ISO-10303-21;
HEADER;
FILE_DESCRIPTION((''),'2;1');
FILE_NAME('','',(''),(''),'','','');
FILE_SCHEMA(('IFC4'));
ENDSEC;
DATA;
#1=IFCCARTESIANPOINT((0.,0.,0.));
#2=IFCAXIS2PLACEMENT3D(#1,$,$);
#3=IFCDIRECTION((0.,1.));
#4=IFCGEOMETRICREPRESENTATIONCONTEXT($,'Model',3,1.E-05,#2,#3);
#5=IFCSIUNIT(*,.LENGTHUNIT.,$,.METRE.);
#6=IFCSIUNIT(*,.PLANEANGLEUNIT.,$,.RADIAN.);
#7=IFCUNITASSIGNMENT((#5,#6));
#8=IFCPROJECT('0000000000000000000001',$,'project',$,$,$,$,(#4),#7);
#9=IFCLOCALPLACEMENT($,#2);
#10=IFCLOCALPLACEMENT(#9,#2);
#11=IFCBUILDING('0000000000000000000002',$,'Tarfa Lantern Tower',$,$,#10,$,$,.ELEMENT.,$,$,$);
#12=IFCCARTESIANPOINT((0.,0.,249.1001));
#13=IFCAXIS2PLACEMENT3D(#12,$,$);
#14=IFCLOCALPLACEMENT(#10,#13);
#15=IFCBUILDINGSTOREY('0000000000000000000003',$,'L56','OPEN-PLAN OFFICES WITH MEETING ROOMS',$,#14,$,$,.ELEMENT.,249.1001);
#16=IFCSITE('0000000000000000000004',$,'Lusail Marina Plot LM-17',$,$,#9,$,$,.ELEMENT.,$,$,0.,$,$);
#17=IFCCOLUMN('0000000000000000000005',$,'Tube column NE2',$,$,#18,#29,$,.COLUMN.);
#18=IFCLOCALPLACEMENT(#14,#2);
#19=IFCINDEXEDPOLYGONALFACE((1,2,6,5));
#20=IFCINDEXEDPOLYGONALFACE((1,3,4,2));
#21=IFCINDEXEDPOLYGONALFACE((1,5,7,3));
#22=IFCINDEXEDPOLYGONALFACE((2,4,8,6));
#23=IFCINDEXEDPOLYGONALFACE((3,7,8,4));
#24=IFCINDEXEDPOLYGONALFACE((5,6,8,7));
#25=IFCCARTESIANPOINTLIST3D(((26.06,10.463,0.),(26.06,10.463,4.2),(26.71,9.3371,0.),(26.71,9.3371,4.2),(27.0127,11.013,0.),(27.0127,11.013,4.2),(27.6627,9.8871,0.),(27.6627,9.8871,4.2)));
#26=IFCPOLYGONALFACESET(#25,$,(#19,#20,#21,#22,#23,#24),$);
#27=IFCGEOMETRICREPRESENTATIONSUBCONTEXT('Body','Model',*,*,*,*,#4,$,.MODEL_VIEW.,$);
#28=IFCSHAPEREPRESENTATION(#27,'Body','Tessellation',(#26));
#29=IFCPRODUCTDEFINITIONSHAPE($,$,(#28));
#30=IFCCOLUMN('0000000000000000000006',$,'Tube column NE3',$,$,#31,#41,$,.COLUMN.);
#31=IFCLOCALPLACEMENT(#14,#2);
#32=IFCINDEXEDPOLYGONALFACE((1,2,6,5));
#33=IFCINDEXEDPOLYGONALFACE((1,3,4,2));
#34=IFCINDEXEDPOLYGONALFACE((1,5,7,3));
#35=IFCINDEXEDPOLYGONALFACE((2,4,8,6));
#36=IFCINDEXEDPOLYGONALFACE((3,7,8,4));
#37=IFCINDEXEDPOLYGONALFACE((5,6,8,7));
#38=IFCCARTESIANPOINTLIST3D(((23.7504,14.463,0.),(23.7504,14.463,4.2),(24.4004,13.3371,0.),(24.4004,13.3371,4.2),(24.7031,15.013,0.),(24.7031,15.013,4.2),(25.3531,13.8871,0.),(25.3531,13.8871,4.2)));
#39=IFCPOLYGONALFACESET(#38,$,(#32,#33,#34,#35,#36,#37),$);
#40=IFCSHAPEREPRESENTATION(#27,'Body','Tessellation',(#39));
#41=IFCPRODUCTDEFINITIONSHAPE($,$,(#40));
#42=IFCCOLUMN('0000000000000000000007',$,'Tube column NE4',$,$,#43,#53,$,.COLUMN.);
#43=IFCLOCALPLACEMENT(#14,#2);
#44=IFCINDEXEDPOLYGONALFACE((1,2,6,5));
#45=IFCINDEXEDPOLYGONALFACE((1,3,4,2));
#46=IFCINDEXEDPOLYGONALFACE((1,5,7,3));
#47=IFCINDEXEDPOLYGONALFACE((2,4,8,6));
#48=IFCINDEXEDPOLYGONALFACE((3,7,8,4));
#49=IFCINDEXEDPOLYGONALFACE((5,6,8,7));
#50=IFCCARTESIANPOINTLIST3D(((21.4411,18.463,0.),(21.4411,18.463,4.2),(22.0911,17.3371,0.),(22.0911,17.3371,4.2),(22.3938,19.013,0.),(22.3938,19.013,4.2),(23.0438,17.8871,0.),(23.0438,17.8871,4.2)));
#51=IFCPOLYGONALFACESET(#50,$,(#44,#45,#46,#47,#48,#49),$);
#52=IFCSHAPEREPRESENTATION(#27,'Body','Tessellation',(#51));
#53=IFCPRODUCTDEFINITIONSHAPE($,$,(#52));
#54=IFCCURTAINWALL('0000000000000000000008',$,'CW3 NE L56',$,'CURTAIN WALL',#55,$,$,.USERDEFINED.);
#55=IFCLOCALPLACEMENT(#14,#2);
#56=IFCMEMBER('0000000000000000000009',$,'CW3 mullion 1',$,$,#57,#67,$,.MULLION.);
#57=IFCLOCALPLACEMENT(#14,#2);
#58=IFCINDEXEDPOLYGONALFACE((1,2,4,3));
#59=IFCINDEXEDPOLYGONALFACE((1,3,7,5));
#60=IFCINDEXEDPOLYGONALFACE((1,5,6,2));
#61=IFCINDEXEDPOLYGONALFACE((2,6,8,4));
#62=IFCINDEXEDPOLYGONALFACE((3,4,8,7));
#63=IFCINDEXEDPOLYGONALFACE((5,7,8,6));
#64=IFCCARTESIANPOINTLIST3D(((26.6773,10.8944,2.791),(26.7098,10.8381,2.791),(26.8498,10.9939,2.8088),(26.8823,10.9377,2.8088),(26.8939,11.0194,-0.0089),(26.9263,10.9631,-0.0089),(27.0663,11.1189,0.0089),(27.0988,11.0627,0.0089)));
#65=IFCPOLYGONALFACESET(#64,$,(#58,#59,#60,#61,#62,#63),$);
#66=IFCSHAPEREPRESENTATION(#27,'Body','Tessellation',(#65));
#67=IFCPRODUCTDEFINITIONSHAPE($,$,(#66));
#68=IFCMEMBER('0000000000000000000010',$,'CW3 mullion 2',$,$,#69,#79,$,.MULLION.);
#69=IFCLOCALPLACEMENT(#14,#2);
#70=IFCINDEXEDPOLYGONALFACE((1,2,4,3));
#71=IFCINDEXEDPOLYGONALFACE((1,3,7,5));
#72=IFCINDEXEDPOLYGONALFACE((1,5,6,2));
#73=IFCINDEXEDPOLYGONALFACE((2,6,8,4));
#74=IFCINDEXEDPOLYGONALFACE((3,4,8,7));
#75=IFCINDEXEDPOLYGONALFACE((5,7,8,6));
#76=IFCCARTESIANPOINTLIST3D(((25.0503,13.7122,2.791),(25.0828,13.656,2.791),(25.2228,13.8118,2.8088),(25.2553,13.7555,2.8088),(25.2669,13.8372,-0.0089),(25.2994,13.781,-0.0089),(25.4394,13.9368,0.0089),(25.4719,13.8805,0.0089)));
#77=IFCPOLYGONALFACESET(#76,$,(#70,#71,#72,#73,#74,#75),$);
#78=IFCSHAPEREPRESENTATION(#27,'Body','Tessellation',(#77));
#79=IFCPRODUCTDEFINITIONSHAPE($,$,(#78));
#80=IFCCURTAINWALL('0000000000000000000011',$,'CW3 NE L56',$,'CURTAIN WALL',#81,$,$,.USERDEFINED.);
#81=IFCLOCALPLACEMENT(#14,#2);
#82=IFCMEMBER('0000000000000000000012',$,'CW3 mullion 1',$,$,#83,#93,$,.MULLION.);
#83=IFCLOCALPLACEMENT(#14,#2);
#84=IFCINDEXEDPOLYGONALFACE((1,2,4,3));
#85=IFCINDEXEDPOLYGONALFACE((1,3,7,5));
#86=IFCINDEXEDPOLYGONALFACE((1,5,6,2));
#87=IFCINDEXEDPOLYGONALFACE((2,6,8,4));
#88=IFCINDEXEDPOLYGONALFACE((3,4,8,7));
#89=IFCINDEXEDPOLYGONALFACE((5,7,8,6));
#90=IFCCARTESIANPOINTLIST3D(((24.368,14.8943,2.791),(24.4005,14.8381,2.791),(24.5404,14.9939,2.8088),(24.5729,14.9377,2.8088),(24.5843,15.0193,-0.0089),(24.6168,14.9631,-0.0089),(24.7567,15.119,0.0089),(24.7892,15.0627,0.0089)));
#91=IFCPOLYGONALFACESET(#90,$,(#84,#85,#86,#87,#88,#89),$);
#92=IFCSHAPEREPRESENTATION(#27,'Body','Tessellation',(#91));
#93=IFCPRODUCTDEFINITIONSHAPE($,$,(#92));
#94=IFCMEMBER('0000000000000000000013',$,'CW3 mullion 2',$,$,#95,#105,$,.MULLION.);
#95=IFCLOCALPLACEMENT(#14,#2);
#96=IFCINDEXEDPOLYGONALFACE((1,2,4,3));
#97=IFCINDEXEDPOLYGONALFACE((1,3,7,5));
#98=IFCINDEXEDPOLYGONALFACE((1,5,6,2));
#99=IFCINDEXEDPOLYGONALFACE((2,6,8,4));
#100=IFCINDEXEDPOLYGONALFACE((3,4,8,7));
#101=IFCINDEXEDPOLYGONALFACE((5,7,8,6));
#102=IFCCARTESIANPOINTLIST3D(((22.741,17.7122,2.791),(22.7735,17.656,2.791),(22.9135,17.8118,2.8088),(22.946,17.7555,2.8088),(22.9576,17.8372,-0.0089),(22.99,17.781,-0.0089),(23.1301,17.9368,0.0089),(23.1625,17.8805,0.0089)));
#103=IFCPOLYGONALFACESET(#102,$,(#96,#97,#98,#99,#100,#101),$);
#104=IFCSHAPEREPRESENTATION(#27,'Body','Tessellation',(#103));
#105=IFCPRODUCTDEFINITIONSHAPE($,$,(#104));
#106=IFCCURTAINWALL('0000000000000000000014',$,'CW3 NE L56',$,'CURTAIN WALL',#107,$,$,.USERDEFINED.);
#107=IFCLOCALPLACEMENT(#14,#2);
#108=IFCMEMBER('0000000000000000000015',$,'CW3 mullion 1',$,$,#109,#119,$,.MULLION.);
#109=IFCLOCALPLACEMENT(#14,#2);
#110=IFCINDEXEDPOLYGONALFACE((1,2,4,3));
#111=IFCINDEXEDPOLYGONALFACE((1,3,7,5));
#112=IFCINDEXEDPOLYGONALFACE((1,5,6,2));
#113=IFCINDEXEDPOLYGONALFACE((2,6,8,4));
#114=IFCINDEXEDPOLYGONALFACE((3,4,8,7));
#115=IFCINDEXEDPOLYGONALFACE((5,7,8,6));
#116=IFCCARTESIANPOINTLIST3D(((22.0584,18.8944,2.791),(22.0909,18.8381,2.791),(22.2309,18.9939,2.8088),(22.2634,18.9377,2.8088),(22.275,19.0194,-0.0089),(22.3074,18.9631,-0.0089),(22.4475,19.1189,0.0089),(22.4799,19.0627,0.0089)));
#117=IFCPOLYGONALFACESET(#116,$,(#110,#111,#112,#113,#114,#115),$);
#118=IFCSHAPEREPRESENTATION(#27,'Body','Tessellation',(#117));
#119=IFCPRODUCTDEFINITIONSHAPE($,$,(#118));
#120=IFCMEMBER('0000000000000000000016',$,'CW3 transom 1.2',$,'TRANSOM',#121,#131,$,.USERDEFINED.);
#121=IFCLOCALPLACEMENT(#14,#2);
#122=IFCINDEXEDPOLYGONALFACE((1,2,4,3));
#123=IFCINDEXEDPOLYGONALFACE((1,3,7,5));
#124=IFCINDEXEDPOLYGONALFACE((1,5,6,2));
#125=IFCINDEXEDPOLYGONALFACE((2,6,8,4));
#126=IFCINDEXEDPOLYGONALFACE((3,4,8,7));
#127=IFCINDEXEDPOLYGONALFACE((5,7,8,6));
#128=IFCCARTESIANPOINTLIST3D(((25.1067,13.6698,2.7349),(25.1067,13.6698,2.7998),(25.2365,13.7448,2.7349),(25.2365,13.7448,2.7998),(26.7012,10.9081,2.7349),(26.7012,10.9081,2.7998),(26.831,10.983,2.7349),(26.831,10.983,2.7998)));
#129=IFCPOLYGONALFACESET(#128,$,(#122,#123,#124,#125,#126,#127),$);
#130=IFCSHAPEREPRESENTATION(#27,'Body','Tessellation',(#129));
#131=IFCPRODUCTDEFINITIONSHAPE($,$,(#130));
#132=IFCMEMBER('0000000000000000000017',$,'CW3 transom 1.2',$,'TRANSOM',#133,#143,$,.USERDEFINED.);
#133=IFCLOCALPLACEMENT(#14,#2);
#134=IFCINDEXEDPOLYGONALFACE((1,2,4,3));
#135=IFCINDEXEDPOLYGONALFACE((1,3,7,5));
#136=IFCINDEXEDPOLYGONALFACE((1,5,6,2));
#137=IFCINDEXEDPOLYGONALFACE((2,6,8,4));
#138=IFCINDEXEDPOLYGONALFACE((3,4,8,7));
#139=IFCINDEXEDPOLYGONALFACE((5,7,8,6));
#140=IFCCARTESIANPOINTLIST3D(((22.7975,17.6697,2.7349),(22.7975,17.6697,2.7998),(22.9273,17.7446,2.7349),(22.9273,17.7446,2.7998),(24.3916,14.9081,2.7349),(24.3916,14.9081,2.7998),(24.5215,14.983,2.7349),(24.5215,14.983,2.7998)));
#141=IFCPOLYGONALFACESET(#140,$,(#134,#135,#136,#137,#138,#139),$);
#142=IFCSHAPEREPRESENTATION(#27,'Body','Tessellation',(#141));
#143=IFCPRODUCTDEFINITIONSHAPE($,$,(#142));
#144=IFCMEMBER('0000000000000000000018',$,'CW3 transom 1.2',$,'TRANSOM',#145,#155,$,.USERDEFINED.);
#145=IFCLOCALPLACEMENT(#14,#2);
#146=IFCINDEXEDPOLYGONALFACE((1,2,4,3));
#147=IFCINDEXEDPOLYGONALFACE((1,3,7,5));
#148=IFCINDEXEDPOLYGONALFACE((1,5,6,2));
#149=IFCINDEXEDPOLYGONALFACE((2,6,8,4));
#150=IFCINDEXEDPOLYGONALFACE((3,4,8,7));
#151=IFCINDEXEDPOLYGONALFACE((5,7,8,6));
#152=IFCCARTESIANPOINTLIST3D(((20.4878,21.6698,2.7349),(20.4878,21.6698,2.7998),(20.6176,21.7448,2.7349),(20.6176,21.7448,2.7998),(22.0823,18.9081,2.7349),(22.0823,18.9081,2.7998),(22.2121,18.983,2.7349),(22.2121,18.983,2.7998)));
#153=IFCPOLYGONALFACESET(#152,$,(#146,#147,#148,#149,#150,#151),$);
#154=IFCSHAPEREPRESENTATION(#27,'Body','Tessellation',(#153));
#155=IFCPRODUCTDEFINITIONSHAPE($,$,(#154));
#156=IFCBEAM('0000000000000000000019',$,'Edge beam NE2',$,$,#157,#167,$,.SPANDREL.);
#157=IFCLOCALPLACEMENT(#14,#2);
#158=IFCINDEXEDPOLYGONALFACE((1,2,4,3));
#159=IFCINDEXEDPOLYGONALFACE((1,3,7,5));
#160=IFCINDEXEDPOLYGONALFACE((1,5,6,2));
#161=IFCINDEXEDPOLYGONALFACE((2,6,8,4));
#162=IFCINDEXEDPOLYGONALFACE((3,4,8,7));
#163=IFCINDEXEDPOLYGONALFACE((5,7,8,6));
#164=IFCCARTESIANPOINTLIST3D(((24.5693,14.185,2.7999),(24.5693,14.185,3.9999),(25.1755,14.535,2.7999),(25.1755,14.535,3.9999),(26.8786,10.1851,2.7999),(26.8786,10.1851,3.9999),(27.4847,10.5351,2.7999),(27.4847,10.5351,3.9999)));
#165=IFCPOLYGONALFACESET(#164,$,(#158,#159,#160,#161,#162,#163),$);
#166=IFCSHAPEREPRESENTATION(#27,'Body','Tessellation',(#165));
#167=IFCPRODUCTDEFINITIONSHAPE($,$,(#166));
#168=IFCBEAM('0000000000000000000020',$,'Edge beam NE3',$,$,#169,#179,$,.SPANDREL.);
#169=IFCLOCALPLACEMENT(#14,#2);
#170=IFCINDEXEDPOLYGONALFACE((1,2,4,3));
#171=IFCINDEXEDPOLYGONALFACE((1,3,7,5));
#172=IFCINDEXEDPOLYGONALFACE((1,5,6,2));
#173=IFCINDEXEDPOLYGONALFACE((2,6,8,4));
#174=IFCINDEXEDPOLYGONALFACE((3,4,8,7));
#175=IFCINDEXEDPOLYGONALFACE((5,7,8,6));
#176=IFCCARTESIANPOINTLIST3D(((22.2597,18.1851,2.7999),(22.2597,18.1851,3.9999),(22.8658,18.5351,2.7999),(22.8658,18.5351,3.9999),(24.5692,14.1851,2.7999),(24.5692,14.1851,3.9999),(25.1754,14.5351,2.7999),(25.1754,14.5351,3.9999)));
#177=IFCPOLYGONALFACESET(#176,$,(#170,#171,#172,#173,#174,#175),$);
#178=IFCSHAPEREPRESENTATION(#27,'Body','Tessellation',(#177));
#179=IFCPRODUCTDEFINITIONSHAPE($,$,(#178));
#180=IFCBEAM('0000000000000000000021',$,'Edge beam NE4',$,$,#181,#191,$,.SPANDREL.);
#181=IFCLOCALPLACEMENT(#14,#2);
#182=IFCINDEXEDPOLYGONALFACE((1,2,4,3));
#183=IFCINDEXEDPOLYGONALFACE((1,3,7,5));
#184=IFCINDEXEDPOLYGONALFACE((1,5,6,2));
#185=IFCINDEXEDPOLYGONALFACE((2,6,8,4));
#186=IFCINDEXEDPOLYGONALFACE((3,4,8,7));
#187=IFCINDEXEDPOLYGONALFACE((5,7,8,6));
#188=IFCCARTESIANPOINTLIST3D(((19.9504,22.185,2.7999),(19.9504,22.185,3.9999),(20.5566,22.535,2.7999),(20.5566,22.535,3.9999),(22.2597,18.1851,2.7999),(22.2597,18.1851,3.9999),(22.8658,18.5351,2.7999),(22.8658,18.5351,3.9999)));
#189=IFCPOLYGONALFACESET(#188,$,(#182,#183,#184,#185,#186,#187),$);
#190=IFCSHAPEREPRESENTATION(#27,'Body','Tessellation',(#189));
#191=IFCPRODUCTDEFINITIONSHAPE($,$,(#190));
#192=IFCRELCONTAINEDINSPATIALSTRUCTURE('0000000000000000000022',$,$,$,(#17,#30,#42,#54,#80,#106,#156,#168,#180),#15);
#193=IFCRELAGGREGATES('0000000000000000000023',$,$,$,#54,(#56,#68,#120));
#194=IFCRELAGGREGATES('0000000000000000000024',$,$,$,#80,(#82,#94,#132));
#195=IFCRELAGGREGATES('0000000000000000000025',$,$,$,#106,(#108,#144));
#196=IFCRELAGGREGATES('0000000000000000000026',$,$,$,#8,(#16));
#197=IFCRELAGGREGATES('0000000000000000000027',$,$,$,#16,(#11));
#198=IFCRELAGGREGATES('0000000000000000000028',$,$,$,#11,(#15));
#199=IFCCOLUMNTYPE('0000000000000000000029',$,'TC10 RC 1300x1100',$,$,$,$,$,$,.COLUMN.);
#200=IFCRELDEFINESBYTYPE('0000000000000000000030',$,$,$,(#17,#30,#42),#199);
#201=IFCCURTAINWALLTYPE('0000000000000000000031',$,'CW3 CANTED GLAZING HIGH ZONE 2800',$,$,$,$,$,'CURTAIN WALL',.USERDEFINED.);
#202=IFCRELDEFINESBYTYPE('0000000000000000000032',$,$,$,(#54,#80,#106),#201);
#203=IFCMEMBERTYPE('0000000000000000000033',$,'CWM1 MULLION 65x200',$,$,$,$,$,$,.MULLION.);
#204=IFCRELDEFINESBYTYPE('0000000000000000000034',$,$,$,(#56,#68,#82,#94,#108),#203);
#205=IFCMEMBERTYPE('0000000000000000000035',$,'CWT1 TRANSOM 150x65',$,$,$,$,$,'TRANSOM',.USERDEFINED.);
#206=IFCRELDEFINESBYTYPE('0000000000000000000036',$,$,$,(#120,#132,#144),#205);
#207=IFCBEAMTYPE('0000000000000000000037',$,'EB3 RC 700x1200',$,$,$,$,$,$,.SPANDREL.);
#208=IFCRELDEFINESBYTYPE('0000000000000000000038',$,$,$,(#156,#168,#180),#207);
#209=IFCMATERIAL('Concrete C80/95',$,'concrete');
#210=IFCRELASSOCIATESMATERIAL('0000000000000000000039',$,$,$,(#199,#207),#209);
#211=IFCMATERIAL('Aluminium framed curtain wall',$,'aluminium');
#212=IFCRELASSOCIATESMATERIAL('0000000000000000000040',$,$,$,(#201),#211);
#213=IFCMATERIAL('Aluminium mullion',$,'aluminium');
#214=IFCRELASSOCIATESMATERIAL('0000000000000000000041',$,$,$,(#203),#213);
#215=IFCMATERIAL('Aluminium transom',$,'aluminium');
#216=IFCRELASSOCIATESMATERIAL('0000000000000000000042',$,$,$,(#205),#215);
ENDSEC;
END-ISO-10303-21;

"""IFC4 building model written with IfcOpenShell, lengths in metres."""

from ifc_helpers import new_model, si_unit, direction, frame, origin, origin_2d, place, context, subcontext, project, spatial, rectangle, extrude, material, material_profile, profile_set, type_object, element, aggregate, save


model = new_model("IFC4")

# Units and contexts
model_context = context("Model", 3, precision=1e-05, world=origin(), true_north=direction((0.0, 1.0)))
body_context = subcontext(model_context, "Body", "Model", "MODEL_VIEW")
ifc_project = project(units=[si_unit("LENGTHUNIT", "METRE"), si_unit("PLANEANGLEUNIT", "RADIAN")], contexts=[model_context])

# Site, building, storey
site_placement = place(None, origin())
site = spatial("IfcSite", under=ifc_project, at=site_placement, Name="Lusail Marina Plot LM-17", CompositionType="ELEMENT", RefElevation=0.0)
building_placement = place(site_placement, origin())
building = spatial("IfcBuilding", under=site, at=building_placement, Name="Tarfa Lantern Tower", CompositionType="ELEMENT")
storey_placement = place(building_placement, frame((0.0, 0.0, 249.1001)))
storey = spatial("IfcBuildingStorey", under=building, at=storey_placement, Name="L56", Description="OPEN-PLAN OFFICES WITH MEETING ROOMS", CompositionType="ELEMENT", Elevation=249.1001)

# Columns
ifc_material_1 = material(Name="Concrete C80/95", Category="concrete")
ifc_material_profile_1 = material_profile(ifc_material_1, rectangle(XDim=1.3, YDim=1.1001, at=origin_2d()), Name="RC 1300x1100")
ifc_profile_set_1 = profile_set([ifc_material_profile_1], Name="Concrete C80/95")
column_type = type_object("IfcColumnType", Name="TC10 RC 1300x1100", PredefinedType="COLUMN", material=ifc_profile_set_1)
for number, where, z_axis, x_axis, name in (
    (1, (26.8613, 10.175, 0.0), (0.0, 0.0, 1.0), (-0.5, 0.866025, 0.0), "Tube column NE2"),
    (2, (24.5518, 14.175, 0.0), (0.0, 0.0, 1.0), (-0.5, 0.866025, 0.0), "Tube column NE3"),
    (3, (22.2424, 18.175, 0.0), (0.0, 0.0, 1.0), (-0.5, 0.866025, 0.0), "Tube column NE4"),
):
    element("IfcColumn", number, at=place(storey_placement, frame(where, z_axis=z_axis, x_axis=x_axis)), inside=storey, type_object=column_type, Name=name, PredefinedType="COLUMN", context=body_context, shape_type="SweptSolid", body=[
        extrude(rectangle(XDim=1.3, YDim=1.1001, at=origin_2d()), origin(), (0.0, 0.0, 1.0), 4.2),
    ])

# Curtain walls, members
ifc_material_2 = material(Name="Aluminium framed curtain wall", Category="aluminium")
curtain_wall_type = type_object("IfcCurtainWallType", Name="CW3 CANTED GLAZING HIGH ZONE 2800", ElementType="CURTAIN WALL", PredefinedType="USERDEFINED", material=ifc_material_2)
curtain_wall_1_placement = place(storey_placement, origin())
curtain_wall_1 = element("IfcCurtainWall", 4, at=curtain_wall_1_placement, inside=storey, type_object=curtain_wall_type, Name="CW3 NE L56", ObjectType="CURTAIN WALL", PredefinedType="USERDEFINED")
ifc_material_3 = material(Name="Aluminium mullion", Category="aluminium")
ifc_material_profile_2 = material_profile(ifc_material_3, rectangle(XDim=0.0649, YDim=0.2, at=origin_2d()), Name="AL MULLION 65x200")
ifc_profile_set_2 = profile_set([ifc_material_profile_2], Name="Aluminium mullion")
member_type_1 = type_object("IfcMemberType", Name="CWM1 MULLION 65x200", PredefinedType="MULLION", material=ifc_profile_set_2)
member_1_placement = place(storey_placement, frame((26.9963, 11.041, 0.0), z_axis=(-0.077039, -0.044469, 0.996036), x_axis=(0.49992, -0.866072, 0.0)))
member_1 = element("IfcMember", 5, at=member_1_placement, type_object=member_type_1, Name="CW3 mullion 1", PredefinedType="MULLION", context=body_context, shape_type="SweptSolid", body=[
    extrude(rectangle(XDim=0.0649, YDim=0.2, at=origin_2d()), origin(), (0.0, 0.0, 1.0), 2.811),
])
member_2_placement = place(storey_placement, frame((25.3694, 13.8589, 0.0), z_axis=(-0.077039, -0.044469, 0.996036), x_axis=(0.49992, -0.866072, 0.0)))
member_2 = element("IfcMember", 6, at=member_2_placement, type_object=member_type_1, Name="CW3 mullion 2", PredefinedType="MULLION", context=body_context, shape_type="SweptSolid", body=[
    extrude(rectangle(XDim=0.0649, YDim=0.2, at=origin_2d()), origin(), (0.0, 0.0, 1.0), 2.811),
])
curtain_wall_2_placement = place(storey_placement, origin())
curtain_wall_2 = element("IfcCurtainWall", 7, at=curtain_wall_2_placement, inside=storey, type_object=curtain_wall_type, Name="CW3 NE L56", ObjectType="CURTAIN WALL", PredefinedType="USERDEFINED")
member_3_placement = place(storey_placement, frame((24.6868, 15.041, 0.0), z_axis=(-0.076953, -0.044469, 0.996043), x_axis=(0.500343, -0.865827, 0.0)))
member_3 = element("IfcMember", 8, at=member_3_placement, type_object=member_type_1, Name="CW3 mullion 1", PredefinedType="MULLION", context=body_context, shape_type="SweptSolid", body=[
    extrude(rectangle(XDim=0.0649, YDim=0.2, at=origin_2d()), origin(), (0.0, 0.0, 1.0), 2.811),
])
member_4_placement = place(storey_placement, frame((23.0601, 17.8589, 0.0), z_axis=(-0.077039, -0.044469, 0.996036), x_axis=(0.49992, -0.866072, 0.0)))
member_4 = element("IfcMember", 9, at=member_4_placement, type_object=member_type_1, Name="CW3 mullion 2", PredefinedType="MULLION", context=body_context, shape_type="SweptSolid", body=[
    extrude(rectangle(XDim=0.0649, YDim=0.2, at=origin_2d()), origin(), (0.0, 0.0, 1.0), 2.811),
])

# Curtain wall, member
curtain_wall_3_placement = place(storey_placement, origin())
curtain_wall_3 = element("IfcCurtainWall", 10, at=curtain_wall_3_placement, inside=storey, type_object=curtain_wall_type, Name="CW3 NE L56", ObjectType="CURTAIN WALL", PredefinedType="USERDEFINED")
member_5_placement = place(storey_placement, frame((22.3774, 19.041, 0.0), z_axis=(-0.077039, -0.044469, 0.996036), x_axis=(0.49992, -0.866072, 0.0)))
member_5 = element("IfcMember", 11, at=member_5_placement, type_object=member_type_1, Name="CW3 mullion 1", PredefinedType="MULLION", context=body_context, shape_type="SweptSolid", body=[
    extrude(rectangle(XDim=0.0649, YDim=0.2, at=origin_2d()), origin(), (0.0, 0.0, 1.0), 2.811),
])

# Members
ifc_material_4 = material(Name="Aluminium transom", Category="aluminium")
ifc_material_profile_3 = material_profile(ifc_material_4, rectangle(XDim=0.1499, YDim=0.0649, at=origin_2d()), Name="AL TRANSOM 150x65")
ifc_profile_set_3 = profile_set([ifc_material_profile_3], Name="Aluminium transom")
member_type_2 = type_object("IfcMemberType", Name="CWT1 TRANSOM 150x65", ElementType="TRANSOM", PredefinedType="USERDEFINED", material=ifc_profile_set_3)
member_6_placement = place(storey_placement, frame((26.7661, 10.9456, 2.7673), z_axis=(-0.500001, 0.866025, 0.0), x_axis=(-0.866025, -0.500001, 0.0)))
member_6 = element("IfcMember", 12, at=member_6_placement, type_object=member_type_2, Name="CW3 transom 1.2", ObjectType="TRANSOM", PredefinedType="USERDEFINED", context=body_context, shape_type="SweptSolid", body=[
    extrude(rectangle(XDim=0.1499, YDim=0.0649, at=origin_2d()), origin(), (0.0, 0.0, 1.0), 3.189),
])
member_7_placement = place(storey_placement, frame((24.4565, 14.9456, 2.7673), z_axis=(-0.499943, 0.866058, 0.0), x_axis=(-0.866058, -0.499943, 0.0)))
member_7 = element("IfcMember", 13, at=member_7_placement, type_object=member_type_2, Name="CW3 transom 1.2", ObjectType="TRANSOM", PredefinedType="USERDEFINED", context=body_context, shape_type="SweptSolid", body=[
    extrude(rectangle(XDim=0.1499, YDim=0.0649, at=origin_2d()), origin(), (0.0, 0.0, 1.0), 3.1887),
])
member_8_placement = place(storey_placement, frame((22.1472, 18.9456, 2.7673), z_axis=(-0.500001, 0.866025, 0.0), x_axis=(-0.866025, -0.500001, 0.0)))
member_8 = element("IfcMember", 14, at=member_8_placement, type_object=member_type_2, Name="CW3 transom 1.2", ObjectType="TRANSOM", PredefinedType="USERDEFINED", context=body_context, shape_type="SweptSolid", body=[
    extrude(rectangle(XDim=0.1499, YDim=0.0649, at=origin_2d()), origin(), (0.0, 0.0, 1.0), 3.189),
])

# Beams
ifc_material_profile_4 = material_profile(ifc_material_1, rectangle(XDim=0.7, YDim=1.2, at=origin_2d()), Name="RC 700x1200")
ifc_profile_set_4 = profile_set([ifc_material_profile_4], Name="Concrete C80/95")
beam_type_1 = type_object("IfcBeamType", Name="EB3 RC 700x1200", PredefinedType="SPANDREL", material=ifc_profile_set_4)
beam_1_placement = place(storey_placement, frame((27.1816, 10.3601, 3.3999), z_axis=(-0.499988, 0.866032, 0.0), x_axis=(-0.866032, -0.499988, 0.0)))
element("IfcBeam", 15, at=beam_1_placement, inside=storey, type_object=beam_type_1, Name="Edge beam NE2", PredefinedType="SPANDREL", context=body_context, shape_type="SweptSolid", body=[
    extrude(rectangle(XDim=0.7, YDim=1.2, at=origin_2d()), origin(), (0.0, 0.0, 1.0), 4.6187),
])
beam_2_placement = place(storey_placement, frame((24.8723, 14.3601, 3.3999), z_axis=(-0.500027, 0.86601, 0.0), x_axis=(-0.86601, -0.500027, 0.0)))
element("IfcBeam", 16, at=beam_2_placement, inside=storey, type_object=beam_type_1, Name="Edge beam NE3", PredefinedType="SPANDREL", context=body_context, shape_type="SweptSolid", body=[
    extrude(rectangle(XDim=0.7, YDim=1.2, at=origin_2d()), origin(), (0.0, 0.0, 1.0), 4.6189),
])
beam_3_placement = place(storey_placement, frame((22.5627, 18.3601, 3.3999), z_axis=(-0.499988, 0.866032, 0.0), x_axis=(-0.866032, -0.499988, 0.0)))
element("IfcBeam", 17, at=beam_3_placement, inside=storey, type_object=beam_type_1, Name="Edge beam NE4", PredefinedType="SPANDREL", context=body_context, shape_type="SweptSolid", body=[
    extrude(rectangle(XDim=0.7, YDim=1.2, at=origin_2d()), origin(), (0.0, 0.0, 1.0), 4.6187),
])

aggregate(curtain_wall_1, [member_1, member_2, member_6])
aggregate(curtain_wall_2, [member_3, member_4, member_7])
aggregate(curtain_wall_3, [member_5, member_8])

save(model, "model.ifc")
